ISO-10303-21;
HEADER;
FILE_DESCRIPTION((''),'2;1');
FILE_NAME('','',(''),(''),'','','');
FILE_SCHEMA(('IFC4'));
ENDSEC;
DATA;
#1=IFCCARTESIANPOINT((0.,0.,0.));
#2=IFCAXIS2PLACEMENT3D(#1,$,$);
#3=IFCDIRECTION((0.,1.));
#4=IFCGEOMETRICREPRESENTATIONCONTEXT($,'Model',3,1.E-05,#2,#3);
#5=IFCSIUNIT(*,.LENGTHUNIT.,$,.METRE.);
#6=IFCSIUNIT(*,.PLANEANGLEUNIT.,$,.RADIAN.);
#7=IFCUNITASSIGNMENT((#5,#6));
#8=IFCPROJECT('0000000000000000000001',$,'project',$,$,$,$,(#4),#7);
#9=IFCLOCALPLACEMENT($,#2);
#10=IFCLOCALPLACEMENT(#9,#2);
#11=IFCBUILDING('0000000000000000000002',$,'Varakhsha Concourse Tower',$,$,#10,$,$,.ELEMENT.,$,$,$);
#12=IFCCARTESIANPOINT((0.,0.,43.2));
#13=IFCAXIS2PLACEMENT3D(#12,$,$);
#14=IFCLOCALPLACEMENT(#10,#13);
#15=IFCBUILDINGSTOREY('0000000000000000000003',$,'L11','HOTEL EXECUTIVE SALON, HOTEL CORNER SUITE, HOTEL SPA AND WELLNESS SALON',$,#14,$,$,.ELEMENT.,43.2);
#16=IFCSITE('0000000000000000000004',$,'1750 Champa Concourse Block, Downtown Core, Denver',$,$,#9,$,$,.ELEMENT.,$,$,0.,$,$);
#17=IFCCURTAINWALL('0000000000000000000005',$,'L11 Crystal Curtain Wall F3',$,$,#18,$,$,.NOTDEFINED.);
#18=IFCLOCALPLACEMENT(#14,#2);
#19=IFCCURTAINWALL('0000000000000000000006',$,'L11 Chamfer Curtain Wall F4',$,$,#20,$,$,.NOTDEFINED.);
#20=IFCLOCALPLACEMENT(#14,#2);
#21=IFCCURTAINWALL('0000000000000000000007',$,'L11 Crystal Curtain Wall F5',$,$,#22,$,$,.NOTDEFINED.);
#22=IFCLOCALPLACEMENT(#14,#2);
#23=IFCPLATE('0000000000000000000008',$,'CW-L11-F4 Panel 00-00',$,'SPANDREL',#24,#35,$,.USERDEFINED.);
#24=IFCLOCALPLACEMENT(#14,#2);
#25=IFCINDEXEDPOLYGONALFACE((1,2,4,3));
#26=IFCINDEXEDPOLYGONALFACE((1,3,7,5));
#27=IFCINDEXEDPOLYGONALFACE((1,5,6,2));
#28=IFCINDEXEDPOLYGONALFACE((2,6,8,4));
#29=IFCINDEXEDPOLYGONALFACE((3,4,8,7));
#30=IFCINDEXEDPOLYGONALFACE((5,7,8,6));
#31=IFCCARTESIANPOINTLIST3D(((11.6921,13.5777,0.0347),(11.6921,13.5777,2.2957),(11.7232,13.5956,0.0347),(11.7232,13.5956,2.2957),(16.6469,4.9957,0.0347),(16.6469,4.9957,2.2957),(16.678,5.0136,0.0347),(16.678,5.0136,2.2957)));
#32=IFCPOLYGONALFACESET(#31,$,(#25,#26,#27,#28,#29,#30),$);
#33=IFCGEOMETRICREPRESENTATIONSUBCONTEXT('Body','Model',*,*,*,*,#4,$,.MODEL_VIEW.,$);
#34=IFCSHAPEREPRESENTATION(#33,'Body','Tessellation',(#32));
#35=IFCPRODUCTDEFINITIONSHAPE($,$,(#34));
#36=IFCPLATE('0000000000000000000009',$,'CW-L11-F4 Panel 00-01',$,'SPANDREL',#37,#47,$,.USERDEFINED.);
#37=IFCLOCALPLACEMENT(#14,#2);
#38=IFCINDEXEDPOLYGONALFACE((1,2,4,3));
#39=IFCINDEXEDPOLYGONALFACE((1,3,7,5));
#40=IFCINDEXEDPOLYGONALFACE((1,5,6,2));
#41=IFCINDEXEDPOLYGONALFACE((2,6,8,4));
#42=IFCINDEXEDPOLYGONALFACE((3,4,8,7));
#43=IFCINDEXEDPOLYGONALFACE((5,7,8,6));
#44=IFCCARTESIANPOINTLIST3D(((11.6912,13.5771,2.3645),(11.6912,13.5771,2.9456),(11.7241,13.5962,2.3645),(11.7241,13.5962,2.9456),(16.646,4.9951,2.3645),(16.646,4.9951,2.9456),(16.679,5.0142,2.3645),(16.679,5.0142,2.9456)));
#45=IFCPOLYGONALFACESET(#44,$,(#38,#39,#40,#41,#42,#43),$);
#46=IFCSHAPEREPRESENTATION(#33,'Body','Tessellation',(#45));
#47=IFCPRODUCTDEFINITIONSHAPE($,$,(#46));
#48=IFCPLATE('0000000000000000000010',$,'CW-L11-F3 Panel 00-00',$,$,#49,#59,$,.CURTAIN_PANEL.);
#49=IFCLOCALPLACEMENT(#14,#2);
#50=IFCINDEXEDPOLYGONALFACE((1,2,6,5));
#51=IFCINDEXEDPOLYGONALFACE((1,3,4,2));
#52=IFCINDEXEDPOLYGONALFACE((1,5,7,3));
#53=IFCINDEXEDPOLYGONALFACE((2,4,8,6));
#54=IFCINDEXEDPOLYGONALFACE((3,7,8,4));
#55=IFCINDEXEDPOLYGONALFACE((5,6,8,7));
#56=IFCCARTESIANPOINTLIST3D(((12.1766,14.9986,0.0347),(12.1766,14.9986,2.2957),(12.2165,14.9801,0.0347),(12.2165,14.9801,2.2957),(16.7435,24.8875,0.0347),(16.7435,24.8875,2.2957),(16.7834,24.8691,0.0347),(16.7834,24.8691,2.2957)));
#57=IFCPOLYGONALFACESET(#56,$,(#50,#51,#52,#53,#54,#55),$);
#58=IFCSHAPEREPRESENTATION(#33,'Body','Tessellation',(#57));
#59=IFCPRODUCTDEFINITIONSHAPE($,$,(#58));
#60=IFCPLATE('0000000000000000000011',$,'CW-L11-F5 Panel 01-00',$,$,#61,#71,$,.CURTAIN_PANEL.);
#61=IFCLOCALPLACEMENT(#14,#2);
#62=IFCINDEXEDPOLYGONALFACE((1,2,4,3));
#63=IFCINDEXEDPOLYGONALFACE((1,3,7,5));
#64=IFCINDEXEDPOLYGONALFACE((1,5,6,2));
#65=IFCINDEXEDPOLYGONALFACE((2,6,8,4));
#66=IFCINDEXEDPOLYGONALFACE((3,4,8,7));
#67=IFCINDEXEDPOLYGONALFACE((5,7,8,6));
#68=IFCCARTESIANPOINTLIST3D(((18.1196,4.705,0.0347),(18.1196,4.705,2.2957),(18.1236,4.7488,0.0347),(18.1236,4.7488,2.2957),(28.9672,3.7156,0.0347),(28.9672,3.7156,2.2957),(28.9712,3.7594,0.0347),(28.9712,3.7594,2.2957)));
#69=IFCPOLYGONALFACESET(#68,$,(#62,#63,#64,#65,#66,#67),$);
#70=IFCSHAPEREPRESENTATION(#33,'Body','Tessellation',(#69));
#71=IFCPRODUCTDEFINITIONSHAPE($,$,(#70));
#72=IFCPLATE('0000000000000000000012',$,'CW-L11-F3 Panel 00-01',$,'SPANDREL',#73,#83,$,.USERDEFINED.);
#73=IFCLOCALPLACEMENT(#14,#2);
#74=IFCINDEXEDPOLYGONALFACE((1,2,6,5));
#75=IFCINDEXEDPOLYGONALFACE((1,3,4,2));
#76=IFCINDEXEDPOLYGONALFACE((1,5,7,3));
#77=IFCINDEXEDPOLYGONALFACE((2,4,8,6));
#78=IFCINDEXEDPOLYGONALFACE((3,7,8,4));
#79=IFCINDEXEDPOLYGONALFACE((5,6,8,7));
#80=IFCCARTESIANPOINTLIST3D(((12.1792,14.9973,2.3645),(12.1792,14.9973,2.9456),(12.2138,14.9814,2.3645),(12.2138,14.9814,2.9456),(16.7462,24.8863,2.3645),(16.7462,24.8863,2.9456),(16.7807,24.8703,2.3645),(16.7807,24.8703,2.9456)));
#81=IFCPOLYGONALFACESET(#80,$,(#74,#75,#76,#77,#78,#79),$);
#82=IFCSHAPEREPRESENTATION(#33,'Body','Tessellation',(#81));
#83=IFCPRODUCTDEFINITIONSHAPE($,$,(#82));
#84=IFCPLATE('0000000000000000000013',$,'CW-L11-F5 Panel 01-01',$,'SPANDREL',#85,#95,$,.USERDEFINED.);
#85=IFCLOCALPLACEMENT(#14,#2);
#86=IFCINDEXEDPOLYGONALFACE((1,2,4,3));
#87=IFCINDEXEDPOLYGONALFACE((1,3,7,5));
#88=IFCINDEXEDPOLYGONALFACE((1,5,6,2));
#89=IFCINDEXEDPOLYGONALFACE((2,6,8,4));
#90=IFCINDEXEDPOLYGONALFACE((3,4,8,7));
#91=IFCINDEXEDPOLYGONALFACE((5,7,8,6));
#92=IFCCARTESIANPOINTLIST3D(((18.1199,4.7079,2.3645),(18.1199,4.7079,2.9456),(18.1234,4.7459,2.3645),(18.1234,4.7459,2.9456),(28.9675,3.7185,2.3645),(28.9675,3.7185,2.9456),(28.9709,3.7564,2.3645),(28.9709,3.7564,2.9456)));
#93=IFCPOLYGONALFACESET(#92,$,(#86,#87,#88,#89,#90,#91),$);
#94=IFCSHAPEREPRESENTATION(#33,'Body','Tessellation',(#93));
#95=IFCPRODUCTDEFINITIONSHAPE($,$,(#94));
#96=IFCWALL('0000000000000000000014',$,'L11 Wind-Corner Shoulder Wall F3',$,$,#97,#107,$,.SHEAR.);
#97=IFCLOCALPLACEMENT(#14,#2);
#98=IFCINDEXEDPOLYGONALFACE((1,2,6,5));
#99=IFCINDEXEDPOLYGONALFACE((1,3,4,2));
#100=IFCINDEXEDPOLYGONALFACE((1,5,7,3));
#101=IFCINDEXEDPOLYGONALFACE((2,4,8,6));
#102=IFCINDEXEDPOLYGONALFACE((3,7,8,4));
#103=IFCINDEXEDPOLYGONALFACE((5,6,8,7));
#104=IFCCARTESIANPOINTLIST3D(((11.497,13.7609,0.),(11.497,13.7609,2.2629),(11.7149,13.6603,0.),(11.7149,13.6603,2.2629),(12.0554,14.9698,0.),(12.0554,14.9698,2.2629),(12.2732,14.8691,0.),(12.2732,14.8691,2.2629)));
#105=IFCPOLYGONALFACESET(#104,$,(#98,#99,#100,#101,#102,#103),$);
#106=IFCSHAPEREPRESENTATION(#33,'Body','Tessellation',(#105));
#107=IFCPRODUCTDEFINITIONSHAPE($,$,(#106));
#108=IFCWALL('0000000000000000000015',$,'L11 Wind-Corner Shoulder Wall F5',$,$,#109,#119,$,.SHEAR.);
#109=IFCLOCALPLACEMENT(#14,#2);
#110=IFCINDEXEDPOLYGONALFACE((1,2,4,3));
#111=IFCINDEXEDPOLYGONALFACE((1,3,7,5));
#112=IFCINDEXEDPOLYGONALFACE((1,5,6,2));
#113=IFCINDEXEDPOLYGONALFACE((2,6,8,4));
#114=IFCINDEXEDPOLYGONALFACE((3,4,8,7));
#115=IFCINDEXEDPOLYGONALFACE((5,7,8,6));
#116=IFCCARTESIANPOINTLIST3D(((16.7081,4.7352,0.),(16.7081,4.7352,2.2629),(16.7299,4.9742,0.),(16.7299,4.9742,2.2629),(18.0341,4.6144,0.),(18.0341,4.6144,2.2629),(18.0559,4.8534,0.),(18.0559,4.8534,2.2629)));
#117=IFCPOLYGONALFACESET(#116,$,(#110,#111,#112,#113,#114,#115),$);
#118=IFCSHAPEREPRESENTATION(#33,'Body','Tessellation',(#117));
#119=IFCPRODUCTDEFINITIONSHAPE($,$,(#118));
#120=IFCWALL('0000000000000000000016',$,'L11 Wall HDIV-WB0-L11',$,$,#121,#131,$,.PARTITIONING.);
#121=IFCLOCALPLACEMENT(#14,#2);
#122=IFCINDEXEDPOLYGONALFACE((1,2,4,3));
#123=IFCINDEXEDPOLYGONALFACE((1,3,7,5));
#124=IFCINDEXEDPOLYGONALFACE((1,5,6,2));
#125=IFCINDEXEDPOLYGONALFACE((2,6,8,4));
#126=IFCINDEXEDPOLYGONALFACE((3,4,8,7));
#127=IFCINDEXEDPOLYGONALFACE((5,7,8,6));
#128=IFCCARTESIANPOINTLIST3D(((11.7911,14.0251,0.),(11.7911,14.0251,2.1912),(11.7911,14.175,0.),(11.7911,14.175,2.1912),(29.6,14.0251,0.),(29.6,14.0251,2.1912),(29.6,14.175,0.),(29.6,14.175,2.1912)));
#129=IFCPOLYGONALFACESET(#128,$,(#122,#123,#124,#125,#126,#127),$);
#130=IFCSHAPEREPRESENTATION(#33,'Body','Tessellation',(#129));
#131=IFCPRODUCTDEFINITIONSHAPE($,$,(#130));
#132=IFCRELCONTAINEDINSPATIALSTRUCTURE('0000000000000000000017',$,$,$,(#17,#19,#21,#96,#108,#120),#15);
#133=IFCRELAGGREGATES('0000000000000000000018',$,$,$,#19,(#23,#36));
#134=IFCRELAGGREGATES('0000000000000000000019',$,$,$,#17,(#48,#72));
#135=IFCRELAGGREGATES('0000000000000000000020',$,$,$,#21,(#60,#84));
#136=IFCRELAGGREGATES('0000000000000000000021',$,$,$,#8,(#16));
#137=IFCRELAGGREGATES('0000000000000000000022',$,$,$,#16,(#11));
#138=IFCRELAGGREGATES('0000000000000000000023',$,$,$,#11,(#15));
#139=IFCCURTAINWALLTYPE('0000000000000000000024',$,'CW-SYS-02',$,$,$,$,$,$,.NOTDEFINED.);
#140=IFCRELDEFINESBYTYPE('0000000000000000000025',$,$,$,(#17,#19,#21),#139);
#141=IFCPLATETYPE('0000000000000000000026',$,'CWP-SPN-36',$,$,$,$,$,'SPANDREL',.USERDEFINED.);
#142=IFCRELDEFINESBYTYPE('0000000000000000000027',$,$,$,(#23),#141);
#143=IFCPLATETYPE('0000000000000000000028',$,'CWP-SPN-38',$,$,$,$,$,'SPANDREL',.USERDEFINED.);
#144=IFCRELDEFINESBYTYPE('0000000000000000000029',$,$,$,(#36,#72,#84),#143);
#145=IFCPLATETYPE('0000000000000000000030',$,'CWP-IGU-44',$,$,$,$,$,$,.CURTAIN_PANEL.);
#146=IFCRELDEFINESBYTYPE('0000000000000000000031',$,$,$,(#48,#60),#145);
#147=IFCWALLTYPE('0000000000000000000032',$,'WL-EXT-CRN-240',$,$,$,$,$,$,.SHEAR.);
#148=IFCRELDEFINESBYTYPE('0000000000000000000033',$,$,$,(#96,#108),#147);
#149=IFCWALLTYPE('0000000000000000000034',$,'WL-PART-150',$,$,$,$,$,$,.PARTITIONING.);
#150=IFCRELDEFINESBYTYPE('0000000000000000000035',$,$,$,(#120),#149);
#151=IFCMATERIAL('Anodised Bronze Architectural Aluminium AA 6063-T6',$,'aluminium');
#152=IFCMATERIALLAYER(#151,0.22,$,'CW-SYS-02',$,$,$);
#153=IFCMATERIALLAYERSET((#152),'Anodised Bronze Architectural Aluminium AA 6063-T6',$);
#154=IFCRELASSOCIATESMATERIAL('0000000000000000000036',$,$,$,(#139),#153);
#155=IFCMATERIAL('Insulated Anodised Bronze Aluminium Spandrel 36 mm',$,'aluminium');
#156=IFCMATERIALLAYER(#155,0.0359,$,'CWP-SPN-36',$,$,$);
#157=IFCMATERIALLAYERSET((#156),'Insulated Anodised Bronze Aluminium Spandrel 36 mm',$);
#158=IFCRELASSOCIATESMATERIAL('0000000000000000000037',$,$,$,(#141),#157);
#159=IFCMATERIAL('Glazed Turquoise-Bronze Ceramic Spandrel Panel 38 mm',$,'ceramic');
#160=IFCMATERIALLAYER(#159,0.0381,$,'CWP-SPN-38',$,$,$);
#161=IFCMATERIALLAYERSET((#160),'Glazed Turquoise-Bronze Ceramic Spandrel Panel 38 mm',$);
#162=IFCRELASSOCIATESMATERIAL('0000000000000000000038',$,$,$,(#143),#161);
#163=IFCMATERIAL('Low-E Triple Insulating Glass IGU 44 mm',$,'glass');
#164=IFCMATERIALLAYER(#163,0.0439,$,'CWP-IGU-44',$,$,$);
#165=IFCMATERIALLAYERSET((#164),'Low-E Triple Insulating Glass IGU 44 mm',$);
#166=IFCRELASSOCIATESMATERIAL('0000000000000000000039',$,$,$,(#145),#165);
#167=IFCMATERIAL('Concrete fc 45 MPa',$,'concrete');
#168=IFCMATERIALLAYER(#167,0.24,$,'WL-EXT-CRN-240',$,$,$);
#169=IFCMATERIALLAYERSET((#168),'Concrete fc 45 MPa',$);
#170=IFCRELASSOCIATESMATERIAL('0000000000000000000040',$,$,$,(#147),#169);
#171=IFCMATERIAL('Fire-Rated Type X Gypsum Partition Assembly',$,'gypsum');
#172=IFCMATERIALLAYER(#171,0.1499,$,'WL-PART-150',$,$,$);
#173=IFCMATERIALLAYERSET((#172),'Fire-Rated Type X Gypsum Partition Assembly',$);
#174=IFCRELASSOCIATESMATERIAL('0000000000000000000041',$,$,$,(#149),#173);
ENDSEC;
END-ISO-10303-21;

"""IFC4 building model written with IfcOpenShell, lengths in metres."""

from ifc_helpers import new_model, si_unit, direction, frame, frame_2d, origin, origin_2d, place, context, subcontext, project, spatial, rectangle, extrude, source, transform, mapped, material, layer, layer_set, type_object, type_shapes, element, aggregate, save


model = new_model("IFC4")

# Units and contexts
model_context = context("Model", 3, precision=1e-05, world=origin(), true_north=direction((0.0, 1.0)))
body_context = subcontext(model_context, "Body", "Model", "MODEL_VIEW")
ifc_project = project(units=[si_unit("LENGTHUNIT", "METRE"), si_unit("PLANEANGLEUNIT", "RADIAN")], contexts=[model_context])

# Site, building, storey
site_placement = place(None, origin())
site = spatial("IfcSite", under=ifc_project, at=site_placement, Name="1750 Champa Concourse Block, Downtown Core, Denver", CompositionType="ELEMENT", RefElevation=0.0)
building_placement = place(site_placement, origin())
building = spatial("IfcBuilding", under=site, at=building_placement, Name="Varakhsha Concourse Tower", CompositionType="ELEMENT")
storey_placement = place(building_placement, frame((0.0, 0.0, 43.2)))
storey = spatial("IfcBuildingStorey", under=building, at=storey_placement, Name="L11", Description="HOTEL EXECUTIVE SALON, HOTEL CORNER SUITE, HOTEL SPA AND WELLNESS SALON", CompositionType="ELEMENT", Elevation=43.2)

# Curtain wall
ifc_material_1 = material(Name="Anodised Bronze Architectural Aluminium AA 6063-T6", Category="aluminium")
ifc_layer_1 = layer(ifc_material_1, 0.22, Name="CW-SYS-02")
ifc_layer_set_1 = layer_set([ifc_layer_1], Name="Anodised Bronze Architectural Aluminium AA 6063-T6")
curtain_wall_type = type_object("IfcCurtainWallType", Name="CW-SYS-02", PredefinedType="NOTDEFINED", material=ifc_layer_set_1)
curtain_wall_1_placement = place(storey_placement, origin())
curtain_wall_1 = element("IfcCurtainWall", 1, at=curtain_wall_1_placement, inside=storey, type_object=curtain_wall_type, Name="L11 Crystal Curtain Wall F3", PredefinedType="NOTDEFINED")

# Curtain wall
curtain_wall_2_placement = place(storey_placement, origin())
curtain_wall_2 = element("IfcCurtainWall", 2, at=curtain_wall_2_placement, inside=storey, type_object=curtain_wall_type, Name="L11 Chamfer Curtain Wall F4", PredefinedType="NOTDEFINED")

# Curtain wall
curtain_wall_3_placement = place(storey_placement, origin())
curtain_wall_3 = element("IfcCurtainWall", 3, at=curtain_wall_3_placement, inside=storey, type_object=curtain_wall_type, Name="L11 Crystal Curtain Wall F5", PredefinedType="NOTDEFINED")

# Shared definitions
ifc_material_2 = material(Name="Concrete fc 45 MPa", Category="concrete")

# Plates
ifc_material_3 = material(Name="Insulated Anodised Bronze Aluminium Spandrel 36 mm", Category="aluminium")
ifc_layer_2 = layer(ifc_material_3, 0.0359, Name="CWP-SPN-36")
ifc_layer_set_2 = layer_set([ifc_layer_2], Name="Insulated Anodised Bronze Aluminium Spandrel 36 mm")
plate_type_1 = type_object("IfcPlateType", Name="CWP-SPN-36", ElementType="SPANDREL", PredefinedType="USERDEFINED", material=ifc_layer_set_2)
shared_shape_1 = source(origin(), body_context, "Body", "SweptSolid", [
    extrude(rectangle(XDim=9.9097, YDim=0.0359, at=origin_2d()), origin(), (0.0, 0.0, 1.0), 2.261),
])
type_shapes(plate_type_1, [shared_shape_1])
plate_1_placement = place(storey_placement, frame((14.1851, 9.2957, 0.0347), z_axis=(0.0, 0.0, 1.0), x_axis=(-0.499998, 0.866026, 0.0)))
plate_1 = element("IfcPlate", 4, at=plate_1_placement, type_object=plate_type_1, Name="CW-L11-F4 Panel 00-00", ObjectType="SPANDREL", PredefinedType="USERDEFINED", context=body_context, shape_type="MappedRepresentation", body=[
    mapped(shared_shape_1, transform((0.0, 0.0, 0.0), scale=1.0)),
])
ifc_material_4 = material(Name="Glazed Turquoise-Bronze Ceramic Spandrel Panel 38 mm", Category="ceramic")
ifc_layer_3 = layer(ifc_material_4, 0.0381, Name="CWP-SPN-38")
ifc_layer_set_3 = layer_set([ifc_layer_3], Name="Glazed Turquoise-Bronze Ceramic Spandrel Panel 38 mm")
plate_type_2 = type_object("IfcPlateType", Name="CWP-SPN-38", ElementType="SPANDREL", PredefinedType="USERDEFINED", material=ifc_layer_set_3)
shared_shape_2 = source(origin(), body_context, "Body", "SweptSolid", [
    extrude(rectangle(XDim=9.9097, YDim=0.0381, at=origin_2d()), origin(), (0.0, 0.0, 1.0), 0.5811),
])
plate_2_placement = place(storey_placement, frame((14.1851, 9.2957, 2.3645), z_axis=(0.0, 0.0, 1.0), x_axis=(-0.499998, 0.866026, 0.0)))
plate_2 = element("IfcPlate", 5, at=plate_2_placement, type_object=plate_type_2, Name="CW-L11-F4 Panel 00-01", ObjectType="SPANDREL", PredefinedType="USERDEFINED", context=body_context, shape_type="MappedRepresentation", body=[
    mapped(shared_shape_2, transform((0.0, 0.0, 0.0), scale=1.0)),
])
aggregate(curtain_wall_2, [plate_1, plate_2])
ifc_material_5 = material(Name="Low-E Triple Insulating Glass IGU 44 mm", Category="glass")
ifc_layer_4 = layer(ifc_material_5, 0.0439, Name="CWP-IGU-44")
ifc_layer_set_4 = layer_set([ifc_layer_4], Name="Low-E Triple Insulating Glass IGU 44 mm")
plate_type_3 = type_object("IfcPlateType", Name="CWP-IGU-44", PredefinedType="CURTAIN_PANEL", material=ifc_layer_set_4)
shared_shape_3 = source(origin(), body_context, "Body", "SweptSolid", [
    extrude(rectangle(XDim=10.8926, YDim=0.0439, at=origin_2d()), origin(), (0.0, 0.0, 1.0), 2.261),
])
type_shapes(plate_type_3, [shared_shape_3])
plate_3_placement = place(storey_placement, frame((14.48, 19.9338, 0.0347), z_axis=(0.0, 0.0, 1.0), x_axis=(0.41927, 0.907862, 0.0)))
plate_3 = element("IfcPlate", 6, at=plate_3_placement, type_object=plate_type_3, Name="CW-L11-F3 Panel 00-00", PredefinedType="CURTAIN_PANEL", context=body_context, shape_type="MappedRepresentation", body=[
    mapped(shared_shape_3, transform((0.0, 0.0, 0.0), scale=1.0)),
])
plate_4_placement = place(storey_placement, frame((23.5454, 4.2322, 0.0347), z_axis=(0.0, 0.0, 1.0), x_axis=(-0.995866, 0.090834, 0.0)))
plate_4 = element("IfcPlate", 7, at=plate_4_placement, type_object=plate_type_3, Name="CW-L11-F5 Panel 01-00", PredefinedType="CURTAIN_PANEL", context=body_context, shape_type="MappedRepresentation", body=[
    mapped(shared_shape_3, transform((0.0, 0.0, 0.0), scale=1.0)),
])
shared_shape_4 = source(origin(), body_context, "Body", "SweptSolid", [
    extrude(rectangle(XDim=10.8926, YDim=0.0381, at=origin_2d()), origin(), (0.0, 0.0, 1.0), 0.5811),
])
type_shapes(plate_type_2, [shared_shape_2, shared_shape_4])
plate_5_placement = place(storey_placement, frame((14.48, 19.9338, 2.3645), z_axis=(0.0, 0.0, 1.0), x_axis=(0.41927, 0.907862, 0.0)))
plate_5 = element("IfcPlate", 8, at=plate_5_placement, type_object=plate_type_2, Name="CW-L11-F3 Panel 00-01", ObjectType="SPANDREL", PredefinedType="USERDEFINED", context=body_context, shape_type="MappedRepresentation", body=[
    mapped(shared_shape_4, transform((0.0, 0.0, 0.0), scale=1.0)),
])
aggregate(curtain_wall_1, [plate_3, plate_5])
plate_6_placement = place(storey_placement, frame((23.5454, 4.2322, 2.3645), z_axis=(0.0, 0.0, 1.0), x_axis=(-0.995866, 0.090834, 0.0)))
plate_6 = element("IfcPlate", 9, at=plate_6_placement, type_object=plate_type_2, Name="CW-L11-F5 Panel 01-01", ObjectType="SPANDREL", PredefinedType="USERDEFINED", context=body_context, shape_type="MappedRepresentation", body=[
    mapped(shared_shape_4, transform((0.0, 0.0, 0.0), scale=1.0)),
])
aggregate(curtain_wall_3, [plate_4, plate_6])

# Walls
ifc_layer_5 = layer(ifc_material_2, 0.24, Name="WL-EXT-CRN-240")
ifc_layer_set_5 = layer_set([ifc_layer_5], Name="Concrete fc 45 MPa")
wall_type_1 = type_object("IfcWallType", Name="WL-EXT-CRN-240", PredefinedType="SHEAR", material=ifc_layer_set_5)
for number, where, z_axis, x_axis, name in (
    (10, (12.1643, 14.9194, 0.0), (0.0, 0.0, 1.0), (-0.419349, -0.907825, 0.0), "L11 Wind-Corner Shoulder Wall F3"),
    (11, (16.719, 4.8547, 0.0), (0.0, 0.0, 1.0), (0.995872, -0.090767, 0.0), "L11 Wind-Corner Shoulder Wall F5"),
):
    element("IfcWall", number, at=place(storey_placement, frame(where, z_axis=z_axis, x_axis=x_axis)), inside=storey, type_object=wall_type_1, Name=name, PredefinedType="SHEAR", context=body_context, shape_type="SweptSolid", body=[
        extrude(rectangle(XDim=1.3315, YDim=0.24, at=frame_2d((0.6658, 0.0))), origin(), (0.0, 0.0, 1.0), 2.2629),
    ])
ifc_material_6 = material(Name="Fire-Rated Type X Gypsum Partition Assembly", Category="gypsum")
ifc_layer_6 = layer(ifc_material_6, 0.1499, Name="WL-PART-150")
ifc_layer_set_6 = layer_set([ifc_layer_6], Name="Fire-Rated Type X Gypsum Partition Assembly")
wall_type_2 = type_object("IfcWallType", Name="WL-PART-150", PredefinedType="PARTITIONING", material=ifc_layer_set_6)
wall_placement = place(storey_placement, frame((11.7913, 14.1001, 0.0), z_axis=(0.0, 0.0, 1.0), x_axis=(1.0, 0.0, 0.0)))
element("IfcWall", 12, at=wall_placement, inside=storey, type_object=wall_type_2, Name="L11 Wall HDIV-WB0-L11", PredefinedType="PARTITIONING", context=body_context, shape_type="SweptSolid", body=[
    extrude(rectangle(XDim=17.8088, YDim=0.1499, at=frame_2d((8.9043, 0.0))), origin(), (0.0, 0.0, 1.0), 2.1912),
])

save(model, "model.ifc")
